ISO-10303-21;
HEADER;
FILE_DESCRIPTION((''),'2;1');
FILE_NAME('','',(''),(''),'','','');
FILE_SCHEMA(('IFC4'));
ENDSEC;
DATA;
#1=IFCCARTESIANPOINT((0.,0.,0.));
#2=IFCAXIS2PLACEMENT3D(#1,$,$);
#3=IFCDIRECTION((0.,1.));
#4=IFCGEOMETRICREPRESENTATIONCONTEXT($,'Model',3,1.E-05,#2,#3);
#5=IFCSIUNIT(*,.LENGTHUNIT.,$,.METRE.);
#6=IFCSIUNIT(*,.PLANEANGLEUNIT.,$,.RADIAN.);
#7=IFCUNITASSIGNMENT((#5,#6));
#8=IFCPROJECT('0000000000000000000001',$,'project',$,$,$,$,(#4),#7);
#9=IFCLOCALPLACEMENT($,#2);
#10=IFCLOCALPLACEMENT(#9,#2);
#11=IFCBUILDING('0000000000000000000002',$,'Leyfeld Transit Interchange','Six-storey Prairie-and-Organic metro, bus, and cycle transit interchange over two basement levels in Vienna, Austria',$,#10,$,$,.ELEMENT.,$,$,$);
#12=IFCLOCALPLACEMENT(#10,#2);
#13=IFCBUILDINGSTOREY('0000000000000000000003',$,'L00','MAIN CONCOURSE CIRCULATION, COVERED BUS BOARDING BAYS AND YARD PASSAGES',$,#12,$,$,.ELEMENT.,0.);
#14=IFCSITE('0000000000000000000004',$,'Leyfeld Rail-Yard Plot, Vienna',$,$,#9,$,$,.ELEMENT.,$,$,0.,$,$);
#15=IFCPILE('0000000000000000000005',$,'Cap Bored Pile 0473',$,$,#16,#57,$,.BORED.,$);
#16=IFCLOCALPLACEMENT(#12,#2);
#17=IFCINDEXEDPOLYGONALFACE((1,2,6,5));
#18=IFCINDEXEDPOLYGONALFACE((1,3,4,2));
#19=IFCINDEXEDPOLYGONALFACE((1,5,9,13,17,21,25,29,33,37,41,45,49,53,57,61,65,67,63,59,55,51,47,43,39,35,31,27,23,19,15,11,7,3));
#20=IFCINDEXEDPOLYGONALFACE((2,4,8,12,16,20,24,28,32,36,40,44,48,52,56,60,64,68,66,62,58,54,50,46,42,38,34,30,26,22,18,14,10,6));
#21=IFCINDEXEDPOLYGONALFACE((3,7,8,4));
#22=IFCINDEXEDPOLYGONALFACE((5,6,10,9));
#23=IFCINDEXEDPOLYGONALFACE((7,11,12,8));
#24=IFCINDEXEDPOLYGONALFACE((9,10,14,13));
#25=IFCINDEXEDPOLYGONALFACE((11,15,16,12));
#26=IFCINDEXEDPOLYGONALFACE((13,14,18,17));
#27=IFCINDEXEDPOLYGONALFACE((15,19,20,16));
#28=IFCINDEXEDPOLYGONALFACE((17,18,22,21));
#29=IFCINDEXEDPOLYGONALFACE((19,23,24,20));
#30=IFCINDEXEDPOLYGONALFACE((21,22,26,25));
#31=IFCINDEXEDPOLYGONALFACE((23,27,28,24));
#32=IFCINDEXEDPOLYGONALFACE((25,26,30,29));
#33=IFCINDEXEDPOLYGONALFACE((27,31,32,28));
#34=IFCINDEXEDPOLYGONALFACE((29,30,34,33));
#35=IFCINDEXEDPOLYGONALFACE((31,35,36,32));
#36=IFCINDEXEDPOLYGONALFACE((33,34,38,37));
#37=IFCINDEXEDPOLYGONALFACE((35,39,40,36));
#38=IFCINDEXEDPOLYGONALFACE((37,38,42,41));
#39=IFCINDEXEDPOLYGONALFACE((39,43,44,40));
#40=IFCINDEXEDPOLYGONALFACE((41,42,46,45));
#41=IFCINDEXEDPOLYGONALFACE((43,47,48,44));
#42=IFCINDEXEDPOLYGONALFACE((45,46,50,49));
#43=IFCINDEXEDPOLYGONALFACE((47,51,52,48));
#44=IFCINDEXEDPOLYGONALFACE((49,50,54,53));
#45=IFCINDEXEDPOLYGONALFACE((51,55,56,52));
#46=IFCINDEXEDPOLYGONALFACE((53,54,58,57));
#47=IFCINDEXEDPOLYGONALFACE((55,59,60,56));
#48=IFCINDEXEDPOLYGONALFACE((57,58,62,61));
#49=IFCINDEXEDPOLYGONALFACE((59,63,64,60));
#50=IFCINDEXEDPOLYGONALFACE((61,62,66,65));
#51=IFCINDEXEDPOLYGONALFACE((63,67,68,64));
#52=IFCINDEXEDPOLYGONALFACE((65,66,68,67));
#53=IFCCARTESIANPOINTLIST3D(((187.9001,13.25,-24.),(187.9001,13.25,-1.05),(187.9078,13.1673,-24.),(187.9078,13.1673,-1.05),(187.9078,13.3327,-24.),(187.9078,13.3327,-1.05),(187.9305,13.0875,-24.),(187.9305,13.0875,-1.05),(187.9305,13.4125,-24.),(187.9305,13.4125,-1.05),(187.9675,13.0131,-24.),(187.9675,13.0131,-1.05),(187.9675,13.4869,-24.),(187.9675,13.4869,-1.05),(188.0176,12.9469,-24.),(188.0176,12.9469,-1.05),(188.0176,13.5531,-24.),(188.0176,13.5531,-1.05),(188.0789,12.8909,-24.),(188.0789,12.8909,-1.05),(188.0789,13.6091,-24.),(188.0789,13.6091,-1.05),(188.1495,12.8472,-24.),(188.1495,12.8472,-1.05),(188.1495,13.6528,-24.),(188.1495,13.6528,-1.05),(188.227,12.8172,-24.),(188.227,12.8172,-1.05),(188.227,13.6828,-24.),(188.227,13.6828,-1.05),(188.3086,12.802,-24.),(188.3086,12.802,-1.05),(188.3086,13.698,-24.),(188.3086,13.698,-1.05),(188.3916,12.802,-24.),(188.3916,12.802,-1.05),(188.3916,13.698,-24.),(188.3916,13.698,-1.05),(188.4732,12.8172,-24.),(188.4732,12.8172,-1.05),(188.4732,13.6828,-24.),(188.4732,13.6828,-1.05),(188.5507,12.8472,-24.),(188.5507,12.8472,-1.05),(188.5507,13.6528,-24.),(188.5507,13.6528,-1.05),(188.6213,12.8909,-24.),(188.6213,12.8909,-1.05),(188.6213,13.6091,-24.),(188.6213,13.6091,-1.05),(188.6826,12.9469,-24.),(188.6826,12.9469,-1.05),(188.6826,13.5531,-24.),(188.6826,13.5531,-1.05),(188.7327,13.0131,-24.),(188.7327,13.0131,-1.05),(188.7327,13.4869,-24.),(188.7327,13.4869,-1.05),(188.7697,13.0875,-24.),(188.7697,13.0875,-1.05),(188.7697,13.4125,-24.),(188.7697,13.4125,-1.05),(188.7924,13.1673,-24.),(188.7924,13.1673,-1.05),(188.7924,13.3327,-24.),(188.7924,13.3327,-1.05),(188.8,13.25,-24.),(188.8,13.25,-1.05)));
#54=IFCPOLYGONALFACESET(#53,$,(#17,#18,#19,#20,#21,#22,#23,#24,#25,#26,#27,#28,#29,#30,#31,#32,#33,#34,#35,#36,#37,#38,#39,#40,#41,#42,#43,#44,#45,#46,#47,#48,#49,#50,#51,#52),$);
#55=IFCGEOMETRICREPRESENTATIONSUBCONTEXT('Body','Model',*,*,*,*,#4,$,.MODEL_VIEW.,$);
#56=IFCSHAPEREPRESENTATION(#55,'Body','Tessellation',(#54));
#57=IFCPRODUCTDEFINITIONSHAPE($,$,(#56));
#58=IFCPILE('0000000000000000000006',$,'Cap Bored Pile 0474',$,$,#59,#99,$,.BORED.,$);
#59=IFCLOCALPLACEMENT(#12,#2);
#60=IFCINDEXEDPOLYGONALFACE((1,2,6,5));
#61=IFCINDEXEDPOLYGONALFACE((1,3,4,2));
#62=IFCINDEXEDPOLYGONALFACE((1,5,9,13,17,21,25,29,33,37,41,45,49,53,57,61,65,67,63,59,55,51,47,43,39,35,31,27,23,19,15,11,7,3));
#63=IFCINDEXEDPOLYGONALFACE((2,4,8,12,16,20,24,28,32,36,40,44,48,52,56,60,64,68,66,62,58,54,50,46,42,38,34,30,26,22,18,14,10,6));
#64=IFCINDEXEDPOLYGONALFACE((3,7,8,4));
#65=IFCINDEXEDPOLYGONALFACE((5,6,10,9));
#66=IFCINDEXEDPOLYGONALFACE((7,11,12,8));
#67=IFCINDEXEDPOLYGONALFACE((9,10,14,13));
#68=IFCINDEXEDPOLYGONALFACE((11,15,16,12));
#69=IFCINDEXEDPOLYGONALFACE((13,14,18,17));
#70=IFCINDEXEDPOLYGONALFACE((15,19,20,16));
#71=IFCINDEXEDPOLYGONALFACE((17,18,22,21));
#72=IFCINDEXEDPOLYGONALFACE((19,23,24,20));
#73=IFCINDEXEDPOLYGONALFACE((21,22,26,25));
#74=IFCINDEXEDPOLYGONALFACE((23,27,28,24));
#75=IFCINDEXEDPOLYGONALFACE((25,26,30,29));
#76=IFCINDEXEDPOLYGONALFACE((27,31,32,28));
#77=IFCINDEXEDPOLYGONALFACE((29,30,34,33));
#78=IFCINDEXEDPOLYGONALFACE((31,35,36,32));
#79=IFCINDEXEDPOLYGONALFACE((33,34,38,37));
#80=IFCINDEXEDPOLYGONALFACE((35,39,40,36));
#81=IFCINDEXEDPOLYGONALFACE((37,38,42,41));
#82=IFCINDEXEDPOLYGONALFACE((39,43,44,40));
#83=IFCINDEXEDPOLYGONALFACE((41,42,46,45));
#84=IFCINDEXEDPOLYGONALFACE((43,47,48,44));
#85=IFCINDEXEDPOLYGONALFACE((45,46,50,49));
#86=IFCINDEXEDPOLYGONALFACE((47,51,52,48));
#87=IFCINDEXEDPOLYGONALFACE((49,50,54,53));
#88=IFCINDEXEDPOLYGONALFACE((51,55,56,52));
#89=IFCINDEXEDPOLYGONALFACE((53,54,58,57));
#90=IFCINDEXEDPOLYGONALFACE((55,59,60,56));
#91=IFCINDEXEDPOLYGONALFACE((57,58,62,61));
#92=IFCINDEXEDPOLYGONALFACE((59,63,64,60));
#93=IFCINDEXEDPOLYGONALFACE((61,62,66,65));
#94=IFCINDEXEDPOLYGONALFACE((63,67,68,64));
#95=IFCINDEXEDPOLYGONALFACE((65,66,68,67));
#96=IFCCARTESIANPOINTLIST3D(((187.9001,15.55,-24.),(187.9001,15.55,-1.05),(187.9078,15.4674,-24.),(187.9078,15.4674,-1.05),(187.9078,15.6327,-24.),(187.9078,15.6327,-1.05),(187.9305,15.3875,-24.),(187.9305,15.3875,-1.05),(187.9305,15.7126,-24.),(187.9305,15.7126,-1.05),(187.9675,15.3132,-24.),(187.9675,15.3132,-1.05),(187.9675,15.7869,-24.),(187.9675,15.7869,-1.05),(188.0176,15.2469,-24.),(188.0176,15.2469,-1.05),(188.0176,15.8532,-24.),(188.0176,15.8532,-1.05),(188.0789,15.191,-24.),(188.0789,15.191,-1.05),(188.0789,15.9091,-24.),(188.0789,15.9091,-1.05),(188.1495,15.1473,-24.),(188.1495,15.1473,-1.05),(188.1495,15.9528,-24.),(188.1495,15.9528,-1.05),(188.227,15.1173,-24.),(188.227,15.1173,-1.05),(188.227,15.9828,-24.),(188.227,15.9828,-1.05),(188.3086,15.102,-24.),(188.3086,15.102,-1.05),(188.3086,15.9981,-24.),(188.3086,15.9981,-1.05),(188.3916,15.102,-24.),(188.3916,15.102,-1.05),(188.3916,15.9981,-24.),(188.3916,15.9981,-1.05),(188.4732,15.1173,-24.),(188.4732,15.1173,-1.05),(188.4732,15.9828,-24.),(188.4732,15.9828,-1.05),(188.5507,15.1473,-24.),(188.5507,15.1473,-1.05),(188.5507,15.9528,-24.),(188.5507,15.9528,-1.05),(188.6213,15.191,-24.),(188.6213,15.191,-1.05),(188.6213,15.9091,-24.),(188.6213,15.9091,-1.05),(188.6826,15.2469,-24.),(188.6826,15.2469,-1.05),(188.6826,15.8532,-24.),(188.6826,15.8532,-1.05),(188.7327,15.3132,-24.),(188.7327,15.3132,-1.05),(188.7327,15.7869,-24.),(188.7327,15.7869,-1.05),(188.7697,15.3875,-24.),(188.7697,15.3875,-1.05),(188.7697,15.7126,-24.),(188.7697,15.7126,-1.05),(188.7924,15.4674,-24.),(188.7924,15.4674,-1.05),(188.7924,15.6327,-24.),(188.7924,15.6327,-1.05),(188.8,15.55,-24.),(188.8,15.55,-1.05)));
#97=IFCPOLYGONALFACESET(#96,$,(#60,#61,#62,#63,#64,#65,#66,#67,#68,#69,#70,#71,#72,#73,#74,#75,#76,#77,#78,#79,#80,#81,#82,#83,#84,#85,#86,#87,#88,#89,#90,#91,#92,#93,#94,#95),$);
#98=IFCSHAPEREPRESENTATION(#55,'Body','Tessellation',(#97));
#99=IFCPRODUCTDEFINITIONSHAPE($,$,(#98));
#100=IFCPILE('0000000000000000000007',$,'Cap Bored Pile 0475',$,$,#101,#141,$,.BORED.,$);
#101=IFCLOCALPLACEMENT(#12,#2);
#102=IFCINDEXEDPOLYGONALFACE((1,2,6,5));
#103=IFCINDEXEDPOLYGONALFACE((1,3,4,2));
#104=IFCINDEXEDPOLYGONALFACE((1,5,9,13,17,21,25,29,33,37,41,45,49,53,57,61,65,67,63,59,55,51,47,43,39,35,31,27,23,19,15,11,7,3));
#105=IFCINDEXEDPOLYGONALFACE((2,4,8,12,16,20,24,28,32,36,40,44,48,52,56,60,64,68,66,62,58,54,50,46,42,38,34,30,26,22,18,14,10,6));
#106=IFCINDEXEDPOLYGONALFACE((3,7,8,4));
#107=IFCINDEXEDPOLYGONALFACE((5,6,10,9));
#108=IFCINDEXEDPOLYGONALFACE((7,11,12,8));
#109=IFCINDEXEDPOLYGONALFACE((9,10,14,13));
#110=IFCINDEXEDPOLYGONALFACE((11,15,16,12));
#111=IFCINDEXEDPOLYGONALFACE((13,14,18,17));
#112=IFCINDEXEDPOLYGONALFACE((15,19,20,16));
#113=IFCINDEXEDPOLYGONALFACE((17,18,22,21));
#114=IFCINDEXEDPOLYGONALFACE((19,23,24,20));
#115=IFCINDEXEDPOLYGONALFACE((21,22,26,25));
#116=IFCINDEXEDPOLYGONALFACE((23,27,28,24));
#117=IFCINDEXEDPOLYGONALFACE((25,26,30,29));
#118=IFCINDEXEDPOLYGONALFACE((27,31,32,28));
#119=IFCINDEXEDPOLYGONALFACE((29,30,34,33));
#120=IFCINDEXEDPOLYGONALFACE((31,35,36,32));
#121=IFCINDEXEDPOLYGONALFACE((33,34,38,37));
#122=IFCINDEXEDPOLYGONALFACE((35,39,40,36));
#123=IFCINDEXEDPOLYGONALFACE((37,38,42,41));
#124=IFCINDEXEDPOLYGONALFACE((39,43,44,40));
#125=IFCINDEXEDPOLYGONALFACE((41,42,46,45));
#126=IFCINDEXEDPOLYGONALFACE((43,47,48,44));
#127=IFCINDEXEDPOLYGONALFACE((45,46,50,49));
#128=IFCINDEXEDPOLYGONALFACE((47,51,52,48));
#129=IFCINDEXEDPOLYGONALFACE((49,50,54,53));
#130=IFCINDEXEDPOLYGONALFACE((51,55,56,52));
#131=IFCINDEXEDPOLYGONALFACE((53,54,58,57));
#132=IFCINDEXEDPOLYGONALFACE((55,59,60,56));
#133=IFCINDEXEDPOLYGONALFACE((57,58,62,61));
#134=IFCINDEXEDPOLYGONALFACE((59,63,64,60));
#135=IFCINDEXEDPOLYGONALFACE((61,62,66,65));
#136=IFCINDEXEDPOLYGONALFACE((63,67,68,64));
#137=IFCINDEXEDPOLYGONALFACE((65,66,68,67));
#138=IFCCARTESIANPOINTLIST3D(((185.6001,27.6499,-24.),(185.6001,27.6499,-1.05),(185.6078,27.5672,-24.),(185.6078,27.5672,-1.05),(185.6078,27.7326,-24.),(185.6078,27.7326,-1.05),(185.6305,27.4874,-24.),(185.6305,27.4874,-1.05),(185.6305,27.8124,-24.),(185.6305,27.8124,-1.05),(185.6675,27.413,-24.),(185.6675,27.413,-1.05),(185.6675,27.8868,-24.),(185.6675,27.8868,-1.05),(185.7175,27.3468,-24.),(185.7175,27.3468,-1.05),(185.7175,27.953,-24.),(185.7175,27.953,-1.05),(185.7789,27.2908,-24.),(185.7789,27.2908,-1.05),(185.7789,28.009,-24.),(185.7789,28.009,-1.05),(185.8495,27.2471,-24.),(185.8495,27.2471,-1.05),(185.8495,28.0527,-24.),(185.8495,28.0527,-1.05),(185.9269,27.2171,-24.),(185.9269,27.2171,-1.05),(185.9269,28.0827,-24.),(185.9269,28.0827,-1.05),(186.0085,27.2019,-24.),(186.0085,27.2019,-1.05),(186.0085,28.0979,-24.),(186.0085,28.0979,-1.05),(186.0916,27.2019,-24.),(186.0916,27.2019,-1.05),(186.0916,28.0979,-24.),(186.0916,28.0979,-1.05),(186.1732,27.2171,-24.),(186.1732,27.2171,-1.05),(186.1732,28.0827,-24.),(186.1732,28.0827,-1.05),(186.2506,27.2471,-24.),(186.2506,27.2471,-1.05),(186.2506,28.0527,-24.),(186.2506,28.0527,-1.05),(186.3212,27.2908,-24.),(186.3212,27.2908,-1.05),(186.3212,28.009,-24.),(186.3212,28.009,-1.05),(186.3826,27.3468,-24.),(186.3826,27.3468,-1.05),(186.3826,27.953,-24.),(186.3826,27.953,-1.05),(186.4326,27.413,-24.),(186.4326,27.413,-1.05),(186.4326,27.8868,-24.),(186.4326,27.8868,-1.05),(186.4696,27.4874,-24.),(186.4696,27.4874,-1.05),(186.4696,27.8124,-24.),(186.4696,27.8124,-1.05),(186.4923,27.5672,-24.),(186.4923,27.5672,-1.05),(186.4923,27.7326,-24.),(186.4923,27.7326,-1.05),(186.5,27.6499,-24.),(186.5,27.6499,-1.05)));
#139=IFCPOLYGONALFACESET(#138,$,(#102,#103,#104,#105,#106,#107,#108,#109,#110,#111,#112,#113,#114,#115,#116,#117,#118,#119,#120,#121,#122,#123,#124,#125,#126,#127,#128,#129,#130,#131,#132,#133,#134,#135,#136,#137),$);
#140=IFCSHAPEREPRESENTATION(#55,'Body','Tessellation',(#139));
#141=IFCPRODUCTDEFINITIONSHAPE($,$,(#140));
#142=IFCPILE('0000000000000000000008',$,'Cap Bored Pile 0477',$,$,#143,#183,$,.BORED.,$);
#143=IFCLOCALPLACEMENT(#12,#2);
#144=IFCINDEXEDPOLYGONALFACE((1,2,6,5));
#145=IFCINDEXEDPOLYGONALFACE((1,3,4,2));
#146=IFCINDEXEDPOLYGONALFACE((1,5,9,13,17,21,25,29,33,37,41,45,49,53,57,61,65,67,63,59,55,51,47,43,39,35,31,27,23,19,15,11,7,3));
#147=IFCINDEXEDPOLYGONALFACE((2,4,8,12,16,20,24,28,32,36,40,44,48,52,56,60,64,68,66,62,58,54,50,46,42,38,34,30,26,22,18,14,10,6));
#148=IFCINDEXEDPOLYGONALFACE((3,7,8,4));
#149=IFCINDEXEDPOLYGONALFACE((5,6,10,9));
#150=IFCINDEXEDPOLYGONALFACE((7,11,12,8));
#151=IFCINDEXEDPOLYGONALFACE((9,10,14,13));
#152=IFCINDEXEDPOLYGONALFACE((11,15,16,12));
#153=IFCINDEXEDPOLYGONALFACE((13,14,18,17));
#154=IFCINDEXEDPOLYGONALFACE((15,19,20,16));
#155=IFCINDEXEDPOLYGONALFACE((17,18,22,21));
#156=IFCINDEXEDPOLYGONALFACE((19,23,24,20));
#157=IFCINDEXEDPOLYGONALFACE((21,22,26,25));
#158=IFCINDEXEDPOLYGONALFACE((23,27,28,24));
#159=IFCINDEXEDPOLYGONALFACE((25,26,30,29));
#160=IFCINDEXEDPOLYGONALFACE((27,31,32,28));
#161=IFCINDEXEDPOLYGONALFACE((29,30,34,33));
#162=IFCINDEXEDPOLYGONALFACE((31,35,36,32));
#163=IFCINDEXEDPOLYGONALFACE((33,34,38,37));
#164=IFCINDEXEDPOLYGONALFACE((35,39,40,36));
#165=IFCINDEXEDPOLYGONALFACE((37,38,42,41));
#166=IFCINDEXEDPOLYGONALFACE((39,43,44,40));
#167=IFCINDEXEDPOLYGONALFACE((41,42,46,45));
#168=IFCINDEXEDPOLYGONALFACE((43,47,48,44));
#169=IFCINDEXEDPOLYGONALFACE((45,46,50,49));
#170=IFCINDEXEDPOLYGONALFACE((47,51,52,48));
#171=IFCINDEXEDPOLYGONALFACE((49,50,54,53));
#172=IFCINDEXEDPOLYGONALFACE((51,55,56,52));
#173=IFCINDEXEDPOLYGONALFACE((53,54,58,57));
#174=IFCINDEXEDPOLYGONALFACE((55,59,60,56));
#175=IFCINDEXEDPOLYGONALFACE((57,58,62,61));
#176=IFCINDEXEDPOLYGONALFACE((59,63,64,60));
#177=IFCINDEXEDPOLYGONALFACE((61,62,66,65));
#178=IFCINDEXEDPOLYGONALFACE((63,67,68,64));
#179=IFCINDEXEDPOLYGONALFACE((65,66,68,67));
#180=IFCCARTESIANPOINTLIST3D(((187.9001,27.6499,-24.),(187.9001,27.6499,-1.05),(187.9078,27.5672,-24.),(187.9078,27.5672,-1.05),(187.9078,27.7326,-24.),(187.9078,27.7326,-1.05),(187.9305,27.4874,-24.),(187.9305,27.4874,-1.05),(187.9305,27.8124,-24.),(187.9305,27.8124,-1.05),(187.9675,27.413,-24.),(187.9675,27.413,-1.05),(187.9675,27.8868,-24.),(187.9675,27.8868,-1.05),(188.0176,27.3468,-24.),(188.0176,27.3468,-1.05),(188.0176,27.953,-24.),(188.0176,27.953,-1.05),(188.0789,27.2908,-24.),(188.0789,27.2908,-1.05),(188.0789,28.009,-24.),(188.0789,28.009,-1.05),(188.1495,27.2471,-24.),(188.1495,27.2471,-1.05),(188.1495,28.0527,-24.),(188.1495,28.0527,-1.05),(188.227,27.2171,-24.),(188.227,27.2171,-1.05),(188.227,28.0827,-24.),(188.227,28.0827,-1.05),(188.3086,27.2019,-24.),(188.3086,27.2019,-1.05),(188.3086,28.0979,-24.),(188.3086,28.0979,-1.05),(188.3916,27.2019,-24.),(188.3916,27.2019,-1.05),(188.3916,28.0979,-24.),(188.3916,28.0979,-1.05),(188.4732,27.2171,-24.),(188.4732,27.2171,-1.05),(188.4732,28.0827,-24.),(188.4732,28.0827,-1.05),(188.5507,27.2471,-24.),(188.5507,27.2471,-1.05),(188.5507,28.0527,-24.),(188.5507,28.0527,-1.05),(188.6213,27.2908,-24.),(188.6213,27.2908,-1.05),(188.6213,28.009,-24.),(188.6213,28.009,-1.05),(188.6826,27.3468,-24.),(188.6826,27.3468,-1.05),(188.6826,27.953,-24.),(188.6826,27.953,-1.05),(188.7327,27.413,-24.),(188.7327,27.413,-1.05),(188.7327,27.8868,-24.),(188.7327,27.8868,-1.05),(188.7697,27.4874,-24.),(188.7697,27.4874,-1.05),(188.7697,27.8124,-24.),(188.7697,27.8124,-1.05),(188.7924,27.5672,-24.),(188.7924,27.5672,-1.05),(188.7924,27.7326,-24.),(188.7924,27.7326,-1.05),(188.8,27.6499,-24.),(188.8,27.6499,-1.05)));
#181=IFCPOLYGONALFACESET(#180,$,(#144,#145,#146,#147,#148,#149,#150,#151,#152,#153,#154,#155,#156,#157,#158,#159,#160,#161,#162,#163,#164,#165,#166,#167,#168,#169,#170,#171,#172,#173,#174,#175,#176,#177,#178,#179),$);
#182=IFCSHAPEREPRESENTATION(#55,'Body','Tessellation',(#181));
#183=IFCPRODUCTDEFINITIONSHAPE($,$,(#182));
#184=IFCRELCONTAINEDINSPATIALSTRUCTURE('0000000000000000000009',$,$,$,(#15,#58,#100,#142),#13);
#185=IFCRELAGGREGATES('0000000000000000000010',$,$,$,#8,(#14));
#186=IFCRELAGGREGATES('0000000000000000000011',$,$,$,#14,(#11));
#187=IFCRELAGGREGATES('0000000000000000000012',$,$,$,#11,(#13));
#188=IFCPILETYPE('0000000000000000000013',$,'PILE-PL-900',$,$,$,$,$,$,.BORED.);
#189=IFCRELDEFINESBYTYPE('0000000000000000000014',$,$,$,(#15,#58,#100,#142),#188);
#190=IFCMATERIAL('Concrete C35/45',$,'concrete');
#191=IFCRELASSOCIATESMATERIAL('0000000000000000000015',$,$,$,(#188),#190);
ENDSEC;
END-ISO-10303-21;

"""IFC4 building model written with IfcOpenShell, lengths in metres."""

from ifc_helpers import new_model, si_unit, direction, frame, origin, origin_2d, place, context, subcontext, project, spatial, circle, extrude, material, material_profile, profile_set, type_object, element, save


model = new_model("IFC4")

# Units and contexts
model_context = context("Model", 3, precision=1e-05, world=origin(), true_north=direction((0.0, 1.0)))
body_context = subcontext(model_context, "Body", "Model", "MODEL_VIEW")
ifc_project = project(units=[si_unit("LENGTHUNIT", "METRE"), si_unit("PLANEANGLEUNIT", "RADIAN")], contexts=[model_context])

# Site, building, storey
site_placement = place(None, origin())
site = spatial("IfcSite", under=ifc_project, at=site_placement, Name="Leyfeld Rail-Yard Plot, Vienna", CompositionType="ELEMENT", RefElevation=0.0)
building_placement = place(site_placement, origin())
building = spatial("IfcBuilding", under=site, at=building_placement, Name="Leyfeld Transit Interchange", Description="Six-storey Prairie-and-Organic metro, bus, and cycle transit interchange over two basement levels in Vienna, Austria", CompositionType="ELEMENT")
storey_placement = place(building_placement, origin())
storey = spatial("IfcBuildingStorey", under=building, at=storey_placement, Name="L00", Description="MAIN CONCOURSE CIRCULATION, COVERED BUS BOARDING BAYS AND YARD PASSAGES", CompositionType="ELEMENT", Elevation=0.0)

# Shared definitions
ifc_material_1 = material(Name="Concrete C35/45", Category="concrete")

# Piles
ifc_material_profile_1 = material_profile(ifc_material_1, circle(Radius=0.45, at=origin_2d()), Name="PILE D900")
ifc_profile_set_1 = profile_set([ifc_material_profile_1], Name="Concrete C35/45")
pile_type = type_object("IfcPileType", Name="PILE-PL-900", PredefinedType="BORED", material=ifc_profile_set_1)
for number, where, z_axis, x_axis, name in (
    (1, (188.3501, 13.25, -1.05), (0.0, 0.0, -1.0), (1.0, 0.0, 0.0), "Cap Bored Pile 0473"),
    (2, (188.3501, 15.55, -1.05), (0.0, 0.0, -1.0), (1.0, 0.0, 0.0), "Cap Bored Pile 0474"),
    (3, (186.05, 27.6499, -1.05), (0.0, 0.0, -1.0), (1.0, 0.0, 0.0), "Cap Bored Pile 0475"),
    (4, (188.3501, 27.6499, -1.05), (0.0, 0.0, -1.0), (1.0, 0.0, 0.0), "Cap Bored Pile 0477"),
):
    element("IfcPile", number, at=place(storey_placement, frame(where, z_axis=z_axis, x_axis=x_axis)), inside=storey, type_object=pile_type, Name=name, PredefinedType="BORED", context=body_context, shape_type="SweptSolid", body=[
        extrude(circle(Radius=0.45, at=origin_2d()), origin(), (0.0, 0.0, 1.0), 22.95),
    ])

save(model, "model.ifc")
